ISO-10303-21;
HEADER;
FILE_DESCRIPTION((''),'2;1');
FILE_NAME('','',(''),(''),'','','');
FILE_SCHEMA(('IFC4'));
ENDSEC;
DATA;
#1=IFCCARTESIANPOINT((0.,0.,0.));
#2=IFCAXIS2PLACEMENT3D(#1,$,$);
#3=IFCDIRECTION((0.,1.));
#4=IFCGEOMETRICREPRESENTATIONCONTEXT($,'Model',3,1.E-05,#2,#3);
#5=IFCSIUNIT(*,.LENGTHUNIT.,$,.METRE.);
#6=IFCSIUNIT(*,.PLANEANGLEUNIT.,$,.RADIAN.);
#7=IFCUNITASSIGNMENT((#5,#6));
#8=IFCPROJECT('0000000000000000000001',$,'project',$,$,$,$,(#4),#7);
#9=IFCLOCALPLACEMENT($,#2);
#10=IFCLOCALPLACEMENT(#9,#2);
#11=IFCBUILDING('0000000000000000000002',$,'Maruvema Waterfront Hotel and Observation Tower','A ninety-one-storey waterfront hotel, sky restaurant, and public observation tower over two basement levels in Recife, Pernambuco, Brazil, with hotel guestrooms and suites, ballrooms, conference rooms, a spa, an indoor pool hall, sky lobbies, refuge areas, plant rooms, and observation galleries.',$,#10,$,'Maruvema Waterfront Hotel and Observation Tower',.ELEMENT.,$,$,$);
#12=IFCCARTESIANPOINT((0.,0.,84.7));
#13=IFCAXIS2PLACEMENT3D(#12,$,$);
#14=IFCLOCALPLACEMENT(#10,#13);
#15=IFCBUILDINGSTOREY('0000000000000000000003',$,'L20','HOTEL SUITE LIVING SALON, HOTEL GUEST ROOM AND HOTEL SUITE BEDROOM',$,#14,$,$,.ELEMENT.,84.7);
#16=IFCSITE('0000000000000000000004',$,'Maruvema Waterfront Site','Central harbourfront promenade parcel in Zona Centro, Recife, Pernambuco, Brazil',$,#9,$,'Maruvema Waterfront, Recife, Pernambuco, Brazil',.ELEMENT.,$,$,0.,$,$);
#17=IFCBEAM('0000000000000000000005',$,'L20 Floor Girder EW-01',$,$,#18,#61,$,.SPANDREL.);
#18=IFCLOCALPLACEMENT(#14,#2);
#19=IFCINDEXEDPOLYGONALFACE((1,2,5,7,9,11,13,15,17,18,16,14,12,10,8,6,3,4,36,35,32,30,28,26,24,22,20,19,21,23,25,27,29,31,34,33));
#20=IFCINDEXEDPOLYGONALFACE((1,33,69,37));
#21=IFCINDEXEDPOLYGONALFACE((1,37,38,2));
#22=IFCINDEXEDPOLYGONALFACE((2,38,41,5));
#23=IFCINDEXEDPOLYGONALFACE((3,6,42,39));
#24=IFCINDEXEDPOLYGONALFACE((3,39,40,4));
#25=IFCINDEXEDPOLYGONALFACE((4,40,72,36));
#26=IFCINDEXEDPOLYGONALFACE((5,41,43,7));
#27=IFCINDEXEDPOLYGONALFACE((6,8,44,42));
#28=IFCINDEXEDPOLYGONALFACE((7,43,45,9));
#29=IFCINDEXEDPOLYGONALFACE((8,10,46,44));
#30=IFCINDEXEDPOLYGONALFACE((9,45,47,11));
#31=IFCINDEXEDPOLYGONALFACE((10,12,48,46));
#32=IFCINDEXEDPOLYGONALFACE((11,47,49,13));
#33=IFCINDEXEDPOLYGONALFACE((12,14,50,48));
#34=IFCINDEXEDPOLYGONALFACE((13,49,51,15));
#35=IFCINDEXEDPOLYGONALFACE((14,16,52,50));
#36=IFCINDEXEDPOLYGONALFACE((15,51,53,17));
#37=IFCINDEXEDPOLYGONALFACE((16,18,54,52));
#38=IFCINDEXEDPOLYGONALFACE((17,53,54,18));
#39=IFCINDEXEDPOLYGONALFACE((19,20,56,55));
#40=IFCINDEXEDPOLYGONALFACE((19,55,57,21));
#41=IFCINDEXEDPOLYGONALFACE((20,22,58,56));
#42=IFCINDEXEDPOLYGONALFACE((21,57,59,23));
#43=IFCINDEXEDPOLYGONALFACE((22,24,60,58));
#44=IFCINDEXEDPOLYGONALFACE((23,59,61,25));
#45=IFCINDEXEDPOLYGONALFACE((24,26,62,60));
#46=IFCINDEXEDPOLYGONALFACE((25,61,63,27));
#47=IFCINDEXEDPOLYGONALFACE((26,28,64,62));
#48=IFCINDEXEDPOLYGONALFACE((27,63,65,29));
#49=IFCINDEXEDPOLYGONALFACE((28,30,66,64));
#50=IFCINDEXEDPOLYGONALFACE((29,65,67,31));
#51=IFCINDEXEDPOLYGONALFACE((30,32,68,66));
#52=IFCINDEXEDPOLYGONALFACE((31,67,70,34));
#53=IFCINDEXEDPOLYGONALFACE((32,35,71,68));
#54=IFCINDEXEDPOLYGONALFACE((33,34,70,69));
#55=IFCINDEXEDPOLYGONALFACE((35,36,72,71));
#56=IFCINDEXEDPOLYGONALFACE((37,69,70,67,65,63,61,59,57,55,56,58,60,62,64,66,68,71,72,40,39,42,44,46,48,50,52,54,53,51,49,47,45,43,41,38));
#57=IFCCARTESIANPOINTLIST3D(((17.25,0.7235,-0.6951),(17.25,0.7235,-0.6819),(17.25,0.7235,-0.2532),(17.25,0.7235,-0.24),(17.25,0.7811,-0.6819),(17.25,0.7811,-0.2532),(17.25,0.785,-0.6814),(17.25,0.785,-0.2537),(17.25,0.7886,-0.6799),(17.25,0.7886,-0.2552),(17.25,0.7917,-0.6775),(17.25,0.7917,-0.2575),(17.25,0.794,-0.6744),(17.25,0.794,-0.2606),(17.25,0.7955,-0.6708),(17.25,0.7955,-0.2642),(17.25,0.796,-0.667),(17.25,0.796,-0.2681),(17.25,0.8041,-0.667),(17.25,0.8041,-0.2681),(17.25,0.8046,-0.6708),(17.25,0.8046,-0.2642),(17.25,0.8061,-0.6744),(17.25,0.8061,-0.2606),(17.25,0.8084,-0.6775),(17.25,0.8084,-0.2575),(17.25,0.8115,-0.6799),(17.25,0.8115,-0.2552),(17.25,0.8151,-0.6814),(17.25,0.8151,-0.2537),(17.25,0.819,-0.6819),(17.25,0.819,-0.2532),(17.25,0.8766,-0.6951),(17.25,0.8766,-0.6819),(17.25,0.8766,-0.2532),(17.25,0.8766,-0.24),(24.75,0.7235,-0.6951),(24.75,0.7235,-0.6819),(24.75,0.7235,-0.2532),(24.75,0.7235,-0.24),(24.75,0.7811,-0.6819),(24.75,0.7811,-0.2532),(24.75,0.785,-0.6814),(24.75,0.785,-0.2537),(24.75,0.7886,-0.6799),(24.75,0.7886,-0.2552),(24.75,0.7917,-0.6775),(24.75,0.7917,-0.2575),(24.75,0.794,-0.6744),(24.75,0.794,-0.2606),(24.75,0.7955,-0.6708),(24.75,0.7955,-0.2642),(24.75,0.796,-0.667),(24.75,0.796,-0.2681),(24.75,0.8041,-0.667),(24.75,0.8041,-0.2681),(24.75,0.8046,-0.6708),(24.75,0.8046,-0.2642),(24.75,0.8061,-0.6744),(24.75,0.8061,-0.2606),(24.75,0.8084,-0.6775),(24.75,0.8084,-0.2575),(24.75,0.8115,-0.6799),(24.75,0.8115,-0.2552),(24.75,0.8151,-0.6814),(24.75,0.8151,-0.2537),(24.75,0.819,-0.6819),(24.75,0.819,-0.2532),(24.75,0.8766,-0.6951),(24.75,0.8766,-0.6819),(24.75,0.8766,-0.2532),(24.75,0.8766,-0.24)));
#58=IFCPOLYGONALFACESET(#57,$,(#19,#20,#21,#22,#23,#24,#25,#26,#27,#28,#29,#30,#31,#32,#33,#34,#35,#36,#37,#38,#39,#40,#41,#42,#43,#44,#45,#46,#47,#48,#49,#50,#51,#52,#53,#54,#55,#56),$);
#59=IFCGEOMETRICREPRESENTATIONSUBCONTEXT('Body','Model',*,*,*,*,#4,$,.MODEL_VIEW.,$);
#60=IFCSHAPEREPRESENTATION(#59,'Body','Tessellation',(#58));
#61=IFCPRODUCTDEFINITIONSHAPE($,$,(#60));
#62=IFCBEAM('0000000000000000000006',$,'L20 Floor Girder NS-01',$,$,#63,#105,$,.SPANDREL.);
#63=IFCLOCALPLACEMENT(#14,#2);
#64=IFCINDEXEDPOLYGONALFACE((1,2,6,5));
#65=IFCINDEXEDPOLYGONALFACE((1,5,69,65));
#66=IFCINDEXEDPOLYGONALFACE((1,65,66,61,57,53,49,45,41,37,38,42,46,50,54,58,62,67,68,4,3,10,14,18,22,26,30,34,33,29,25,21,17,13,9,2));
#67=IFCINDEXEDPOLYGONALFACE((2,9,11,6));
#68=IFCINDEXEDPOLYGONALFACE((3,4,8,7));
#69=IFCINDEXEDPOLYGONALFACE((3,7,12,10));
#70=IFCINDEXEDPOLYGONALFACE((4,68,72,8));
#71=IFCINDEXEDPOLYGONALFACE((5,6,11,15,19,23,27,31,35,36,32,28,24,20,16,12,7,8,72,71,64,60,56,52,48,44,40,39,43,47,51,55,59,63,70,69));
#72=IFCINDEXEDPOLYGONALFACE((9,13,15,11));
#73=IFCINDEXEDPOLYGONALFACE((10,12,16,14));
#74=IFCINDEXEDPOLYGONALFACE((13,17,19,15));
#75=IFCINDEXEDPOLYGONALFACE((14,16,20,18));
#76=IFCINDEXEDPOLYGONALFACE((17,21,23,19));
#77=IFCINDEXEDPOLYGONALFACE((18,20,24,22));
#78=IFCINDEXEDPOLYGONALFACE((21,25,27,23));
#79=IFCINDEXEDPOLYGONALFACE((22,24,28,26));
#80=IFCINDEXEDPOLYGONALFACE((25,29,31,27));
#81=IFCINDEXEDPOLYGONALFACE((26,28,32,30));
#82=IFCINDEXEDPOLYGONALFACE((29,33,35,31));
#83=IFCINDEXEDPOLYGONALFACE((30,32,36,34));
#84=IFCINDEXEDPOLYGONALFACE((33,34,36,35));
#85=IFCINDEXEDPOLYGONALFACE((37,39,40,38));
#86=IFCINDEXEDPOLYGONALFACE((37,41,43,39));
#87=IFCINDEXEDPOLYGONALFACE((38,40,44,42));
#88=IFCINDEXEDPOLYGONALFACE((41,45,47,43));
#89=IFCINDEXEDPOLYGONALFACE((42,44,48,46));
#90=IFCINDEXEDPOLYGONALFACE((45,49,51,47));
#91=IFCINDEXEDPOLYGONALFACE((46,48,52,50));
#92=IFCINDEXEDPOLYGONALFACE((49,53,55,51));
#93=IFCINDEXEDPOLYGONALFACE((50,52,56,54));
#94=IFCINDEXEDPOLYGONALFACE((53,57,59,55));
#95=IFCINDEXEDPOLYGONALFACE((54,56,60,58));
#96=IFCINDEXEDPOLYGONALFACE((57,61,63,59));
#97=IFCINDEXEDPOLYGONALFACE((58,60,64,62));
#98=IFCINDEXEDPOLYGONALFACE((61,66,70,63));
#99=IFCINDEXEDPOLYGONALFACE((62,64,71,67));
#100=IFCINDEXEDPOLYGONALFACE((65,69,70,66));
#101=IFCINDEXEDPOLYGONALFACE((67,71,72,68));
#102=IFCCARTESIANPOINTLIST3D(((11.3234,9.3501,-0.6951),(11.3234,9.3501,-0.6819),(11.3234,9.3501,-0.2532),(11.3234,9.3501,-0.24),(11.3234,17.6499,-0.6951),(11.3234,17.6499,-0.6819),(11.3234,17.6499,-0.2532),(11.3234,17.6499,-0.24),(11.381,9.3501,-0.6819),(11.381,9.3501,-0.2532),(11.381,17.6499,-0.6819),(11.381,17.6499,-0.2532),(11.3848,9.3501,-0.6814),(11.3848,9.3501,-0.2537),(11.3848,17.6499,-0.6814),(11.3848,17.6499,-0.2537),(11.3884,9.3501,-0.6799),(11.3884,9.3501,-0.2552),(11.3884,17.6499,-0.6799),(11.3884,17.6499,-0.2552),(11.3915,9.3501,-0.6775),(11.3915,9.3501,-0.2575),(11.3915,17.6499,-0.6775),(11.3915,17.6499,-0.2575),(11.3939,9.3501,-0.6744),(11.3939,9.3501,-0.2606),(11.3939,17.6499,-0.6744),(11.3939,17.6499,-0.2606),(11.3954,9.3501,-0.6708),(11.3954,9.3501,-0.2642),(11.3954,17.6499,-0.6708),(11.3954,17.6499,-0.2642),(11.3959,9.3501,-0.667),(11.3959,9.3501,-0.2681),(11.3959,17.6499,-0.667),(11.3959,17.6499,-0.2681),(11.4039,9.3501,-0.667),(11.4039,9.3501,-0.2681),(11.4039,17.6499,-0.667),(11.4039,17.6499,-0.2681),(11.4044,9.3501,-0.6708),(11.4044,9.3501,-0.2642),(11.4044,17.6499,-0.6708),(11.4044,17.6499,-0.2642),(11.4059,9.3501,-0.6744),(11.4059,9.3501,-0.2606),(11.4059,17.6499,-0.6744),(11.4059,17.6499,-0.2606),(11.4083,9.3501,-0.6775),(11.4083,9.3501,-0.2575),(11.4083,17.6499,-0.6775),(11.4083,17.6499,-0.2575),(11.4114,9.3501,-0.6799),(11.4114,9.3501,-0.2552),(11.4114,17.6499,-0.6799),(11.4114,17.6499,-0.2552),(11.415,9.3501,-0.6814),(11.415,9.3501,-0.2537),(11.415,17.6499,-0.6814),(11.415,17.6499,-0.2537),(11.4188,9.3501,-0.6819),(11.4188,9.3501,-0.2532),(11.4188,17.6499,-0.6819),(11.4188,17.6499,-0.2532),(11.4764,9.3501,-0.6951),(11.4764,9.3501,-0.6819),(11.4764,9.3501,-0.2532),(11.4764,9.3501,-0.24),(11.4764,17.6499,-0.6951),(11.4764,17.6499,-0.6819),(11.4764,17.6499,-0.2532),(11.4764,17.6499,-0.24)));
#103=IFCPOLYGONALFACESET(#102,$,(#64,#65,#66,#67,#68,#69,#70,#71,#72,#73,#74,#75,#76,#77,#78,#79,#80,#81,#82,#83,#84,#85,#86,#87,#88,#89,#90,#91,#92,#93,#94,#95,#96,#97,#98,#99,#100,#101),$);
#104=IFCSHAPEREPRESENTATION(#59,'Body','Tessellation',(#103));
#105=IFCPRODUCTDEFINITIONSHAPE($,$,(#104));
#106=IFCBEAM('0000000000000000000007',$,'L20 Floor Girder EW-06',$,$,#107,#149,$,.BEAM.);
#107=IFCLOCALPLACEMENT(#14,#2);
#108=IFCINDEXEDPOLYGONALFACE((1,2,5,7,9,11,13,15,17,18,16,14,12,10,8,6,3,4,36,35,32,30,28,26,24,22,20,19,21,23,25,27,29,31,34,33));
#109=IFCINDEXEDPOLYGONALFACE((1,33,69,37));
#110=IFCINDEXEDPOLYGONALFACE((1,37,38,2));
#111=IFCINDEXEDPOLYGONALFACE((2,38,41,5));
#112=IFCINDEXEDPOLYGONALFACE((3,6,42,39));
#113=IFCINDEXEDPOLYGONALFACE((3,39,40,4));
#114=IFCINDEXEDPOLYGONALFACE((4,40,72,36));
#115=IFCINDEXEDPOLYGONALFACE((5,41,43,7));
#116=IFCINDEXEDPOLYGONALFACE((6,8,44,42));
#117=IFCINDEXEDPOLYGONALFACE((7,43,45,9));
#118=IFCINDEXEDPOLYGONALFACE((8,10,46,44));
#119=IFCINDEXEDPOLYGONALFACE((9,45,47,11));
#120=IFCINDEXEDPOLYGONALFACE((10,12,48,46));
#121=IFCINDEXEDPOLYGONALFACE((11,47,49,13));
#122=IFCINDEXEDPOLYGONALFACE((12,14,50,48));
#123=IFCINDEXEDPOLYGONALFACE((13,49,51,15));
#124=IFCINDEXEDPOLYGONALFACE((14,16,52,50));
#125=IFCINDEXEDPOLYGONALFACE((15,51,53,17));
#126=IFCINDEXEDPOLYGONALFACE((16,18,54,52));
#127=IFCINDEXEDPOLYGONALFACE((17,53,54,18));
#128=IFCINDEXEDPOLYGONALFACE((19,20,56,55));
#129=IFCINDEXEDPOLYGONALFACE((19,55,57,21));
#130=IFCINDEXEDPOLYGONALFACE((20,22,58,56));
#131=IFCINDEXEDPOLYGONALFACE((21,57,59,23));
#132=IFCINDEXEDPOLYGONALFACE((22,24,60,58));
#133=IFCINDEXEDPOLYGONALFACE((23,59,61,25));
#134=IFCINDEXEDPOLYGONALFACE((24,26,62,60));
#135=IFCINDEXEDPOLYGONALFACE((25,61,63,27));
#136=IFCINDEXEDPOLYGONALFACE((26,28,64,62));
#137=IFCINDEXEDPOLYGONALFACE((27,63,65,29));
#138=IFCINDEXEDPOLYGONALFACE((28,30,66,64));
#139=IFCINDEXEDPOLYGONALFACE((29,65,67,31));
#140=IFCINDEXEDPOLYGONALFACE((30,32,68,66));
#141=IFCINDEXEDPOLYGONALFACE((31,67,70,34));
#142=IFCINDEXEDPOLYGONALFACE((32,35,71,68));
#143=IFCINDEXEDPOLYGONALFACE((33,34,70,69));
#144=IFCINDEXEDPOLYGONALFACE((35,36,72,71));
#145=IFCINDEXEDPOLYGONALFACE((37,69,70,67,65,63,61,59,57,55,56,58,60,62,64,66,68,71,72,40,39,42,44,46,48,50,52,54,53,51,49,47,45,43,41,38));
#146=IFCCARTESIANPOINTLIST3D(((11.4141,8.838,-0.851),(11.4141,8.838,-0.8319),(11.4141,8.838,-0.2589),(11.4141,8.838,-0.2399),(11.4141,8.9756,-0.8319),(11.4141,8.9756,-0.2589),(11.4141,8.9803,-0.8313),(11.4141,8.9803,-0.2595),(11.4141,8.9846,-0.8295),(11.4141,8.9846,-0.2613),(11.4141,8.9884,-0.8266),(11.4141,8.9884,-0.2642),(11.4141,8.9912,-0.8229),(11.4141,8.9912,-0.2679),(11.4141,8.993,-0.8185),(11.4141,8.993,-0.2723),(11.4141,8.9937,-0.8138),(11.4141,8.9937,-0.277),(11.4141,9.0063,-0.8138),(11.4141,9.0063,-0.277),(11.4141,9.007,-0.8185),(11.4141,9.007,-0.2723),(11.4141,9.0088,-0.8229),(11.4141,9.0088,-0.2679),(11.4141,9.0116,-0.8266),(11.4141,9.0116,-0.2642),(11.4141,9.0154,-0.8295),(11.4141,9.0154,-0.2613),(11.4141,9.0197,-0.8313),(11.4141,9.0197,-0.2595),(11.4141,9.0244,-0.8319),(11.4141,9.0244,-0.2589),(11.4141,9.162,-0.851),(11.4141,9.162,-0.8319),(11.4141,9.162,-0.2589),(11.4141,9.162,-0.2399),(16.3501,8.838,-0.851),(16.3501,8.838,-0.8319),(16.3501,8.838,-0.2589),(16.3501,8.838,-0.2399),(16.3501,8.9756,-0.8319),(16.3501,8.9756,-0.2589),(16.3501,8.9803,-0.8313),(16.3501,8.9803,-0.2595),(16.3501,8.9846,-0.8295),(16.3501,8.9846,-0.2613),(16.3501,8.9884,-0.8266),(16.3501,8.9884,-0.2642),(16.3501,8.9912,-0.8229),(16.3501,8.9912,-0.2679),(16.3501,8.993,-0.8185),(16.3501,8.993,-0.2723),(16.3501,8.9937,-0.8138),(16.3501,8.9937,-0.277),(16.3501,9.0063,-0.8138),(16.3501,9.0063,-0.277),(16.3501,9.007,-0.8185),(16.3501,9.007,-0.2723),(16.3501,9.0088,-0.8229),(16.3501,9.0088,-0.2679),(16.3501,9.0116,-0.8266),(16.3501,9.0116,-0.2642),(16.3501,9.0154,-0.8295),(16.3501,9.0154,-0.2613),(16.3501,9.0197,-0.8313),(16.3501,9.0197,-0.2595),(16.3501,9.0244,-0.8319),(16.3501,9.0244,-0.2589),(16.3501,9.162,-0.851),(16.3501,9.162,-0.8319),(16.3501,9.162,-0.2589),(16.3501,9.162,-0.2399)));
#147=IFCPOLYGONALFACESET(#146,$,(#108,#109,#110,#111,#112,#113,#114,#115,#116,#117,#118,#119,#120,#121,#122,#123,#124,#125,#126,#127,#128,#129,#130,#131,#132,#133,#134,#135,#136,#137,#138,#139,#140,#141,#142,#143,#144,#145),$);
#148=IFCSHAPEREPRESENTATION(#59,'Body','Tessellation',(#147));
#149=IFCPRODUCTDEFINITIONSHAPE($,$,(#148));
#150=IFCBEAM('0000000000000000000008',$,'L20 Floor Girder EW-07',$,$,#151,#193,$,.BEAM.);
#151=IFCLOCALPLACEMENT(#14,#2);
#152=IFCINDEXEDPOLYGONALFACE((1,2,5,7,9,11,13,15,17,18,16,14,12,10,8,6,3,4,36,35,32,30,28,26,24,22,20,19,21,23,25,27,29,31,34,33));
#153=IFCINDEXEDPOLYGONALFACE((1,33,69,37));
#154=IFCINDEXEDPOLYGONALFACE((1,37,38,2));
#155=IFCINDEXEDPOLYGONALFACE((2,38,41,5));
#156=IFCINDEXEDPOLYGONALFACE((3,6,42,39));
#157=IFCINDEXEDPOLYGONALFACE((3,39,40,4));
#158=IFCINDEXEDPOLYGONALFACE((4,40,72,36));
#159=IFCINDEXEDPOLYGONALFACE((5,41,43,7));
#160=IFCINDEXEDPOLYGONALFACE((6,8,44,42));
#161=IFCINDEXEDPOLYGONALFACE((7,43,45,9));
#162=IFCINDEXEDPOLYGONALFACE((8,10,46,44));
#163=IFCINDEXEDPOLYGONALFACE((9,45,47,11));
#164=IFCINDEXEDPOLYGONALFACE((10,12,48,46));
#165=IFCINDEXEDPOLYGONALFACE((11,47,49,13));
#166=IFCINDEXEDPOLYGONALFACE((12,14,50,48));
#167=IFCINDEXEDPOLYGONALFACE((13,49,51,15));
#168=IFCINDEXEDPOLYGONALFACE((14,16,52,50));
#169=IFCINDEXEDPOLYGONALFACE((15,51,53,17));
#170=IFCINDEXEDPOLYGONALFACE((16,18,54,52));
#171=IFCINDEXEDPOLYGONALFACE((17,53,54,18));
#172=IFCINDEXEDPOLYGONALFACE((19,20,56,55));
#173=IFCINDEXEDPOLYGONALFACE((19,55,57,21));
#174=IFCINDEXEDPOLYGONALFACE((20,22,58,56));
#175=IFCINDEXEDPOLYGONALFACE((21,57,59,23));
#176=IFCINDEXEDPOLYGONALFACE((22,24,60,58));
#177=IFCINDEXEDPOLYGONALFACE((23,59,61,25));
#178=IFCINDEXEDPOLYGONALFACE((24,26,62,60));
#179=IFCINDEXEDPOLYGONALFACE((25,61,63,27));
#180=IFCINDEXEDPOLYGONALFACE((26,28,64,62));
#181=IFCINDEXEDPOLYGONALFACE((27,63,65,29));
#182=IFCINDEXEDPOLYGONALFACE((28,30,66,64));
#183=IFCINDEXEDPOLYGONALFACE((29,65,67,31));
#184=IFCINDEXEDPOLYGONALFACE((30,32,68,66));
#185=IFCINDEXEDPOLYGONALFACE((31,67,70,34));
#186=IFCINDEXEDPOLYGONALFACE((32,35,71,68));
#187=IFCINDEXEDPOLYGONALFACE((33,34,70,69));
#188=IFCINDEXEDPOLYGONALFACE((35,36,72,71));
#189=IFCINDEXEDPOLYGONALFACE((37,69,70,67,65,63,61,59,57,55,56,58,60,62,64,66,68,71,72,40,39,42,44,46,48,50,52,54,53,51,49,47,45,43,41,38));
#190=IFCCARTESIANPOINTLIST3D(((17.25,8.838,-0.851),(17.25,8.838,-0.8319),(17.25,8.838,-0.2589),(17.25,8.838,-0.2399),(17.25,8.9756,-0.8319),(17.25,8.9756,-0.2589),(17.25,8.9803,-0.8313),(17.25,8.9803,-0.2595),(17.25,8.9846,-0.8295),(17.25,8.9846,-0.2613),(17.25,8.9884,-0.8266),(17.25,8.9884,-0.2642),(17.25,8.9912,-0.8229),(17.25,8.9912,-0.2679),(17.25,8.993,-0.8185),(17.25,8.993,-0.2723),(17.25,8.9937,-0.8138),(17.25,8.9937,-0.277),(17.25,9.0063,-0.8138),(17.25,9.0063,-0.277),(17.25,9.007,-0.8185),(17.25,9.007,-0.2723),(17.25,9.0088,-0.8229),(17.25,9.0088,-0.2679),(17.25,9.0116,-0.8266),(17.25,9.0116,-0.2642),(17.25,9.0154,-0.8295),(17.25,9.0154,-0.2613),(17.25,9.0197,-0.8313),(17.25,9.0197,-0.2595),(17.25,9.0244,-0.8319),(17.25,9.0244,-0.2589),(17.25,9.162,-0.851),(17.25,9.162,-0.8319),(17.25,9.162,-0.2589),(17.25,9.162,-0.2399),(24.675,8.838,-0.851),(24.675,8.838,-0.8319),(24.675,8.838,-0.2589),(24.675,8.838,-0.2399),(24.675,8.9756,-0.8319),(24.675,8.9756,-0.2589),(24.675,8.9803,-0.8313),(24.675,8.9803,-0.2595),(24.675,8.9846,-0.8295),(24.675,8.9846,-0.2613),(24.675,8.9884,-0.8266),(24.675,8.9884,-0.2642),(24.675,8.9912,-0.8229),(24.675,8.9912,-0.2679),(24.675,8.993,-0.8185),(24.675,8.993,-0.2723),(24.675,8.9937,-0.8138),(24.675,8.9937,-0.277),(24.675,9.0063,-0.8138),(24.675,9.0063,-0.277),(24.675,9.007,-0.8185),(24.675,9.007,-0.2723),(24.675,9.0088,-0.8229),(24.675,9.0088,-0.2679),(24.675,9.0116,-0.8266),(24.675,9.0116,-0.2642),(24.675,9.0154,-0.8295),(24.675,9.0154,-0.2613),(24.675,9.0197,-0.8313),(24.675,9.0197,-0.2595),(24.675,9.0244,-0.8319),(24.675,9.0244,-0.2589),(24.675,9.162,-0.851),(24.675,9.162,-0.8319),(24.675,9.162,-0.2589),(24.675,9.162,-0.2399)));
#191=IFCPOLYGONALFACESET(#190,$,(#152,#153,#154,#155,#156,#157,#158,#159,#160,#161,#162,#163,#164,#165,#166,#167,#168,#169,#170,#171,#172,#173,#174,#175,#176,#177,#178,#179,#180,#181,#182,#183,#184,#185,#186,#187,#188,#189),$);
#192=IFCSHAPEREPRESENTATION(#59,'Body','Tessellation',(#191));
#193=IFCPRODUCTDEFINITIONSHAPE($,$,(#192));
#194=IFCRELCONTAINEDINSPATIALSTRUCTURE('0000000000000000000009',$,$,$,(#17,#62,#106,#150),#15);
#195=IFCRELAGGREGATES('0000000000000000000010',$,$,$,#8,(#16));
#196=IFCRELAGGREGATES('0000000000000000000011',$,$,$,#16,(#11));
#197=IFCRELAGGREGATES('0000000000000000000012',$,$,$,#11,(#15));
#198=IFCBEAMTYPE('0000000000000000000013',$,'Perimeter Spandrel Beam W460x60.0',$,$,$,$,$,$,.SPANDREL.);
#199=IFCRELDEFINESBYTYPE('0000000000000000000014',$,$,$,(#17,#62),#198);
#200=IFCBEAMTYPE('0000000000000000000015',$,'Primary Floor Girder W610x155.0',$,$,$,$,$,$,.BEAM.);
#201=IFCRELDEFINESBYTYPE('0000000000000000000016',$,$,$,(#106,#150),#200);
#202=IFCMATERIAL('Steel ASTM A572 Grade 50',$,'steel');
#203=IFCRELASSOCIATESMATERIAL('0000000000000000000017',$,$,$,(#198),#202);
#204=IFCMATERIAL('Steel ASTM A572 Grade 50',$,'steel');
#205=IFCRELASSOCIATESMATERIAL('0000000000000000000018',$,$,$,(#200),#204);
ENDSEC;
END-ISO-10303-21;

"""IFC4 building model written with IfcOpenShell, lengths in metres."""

from ifc_helpers import new_model, si_unit, direction, frame, origin, origin_2d, place, context, subcontext, project, spatial, i_section, extrude, material, material_profile, profile_set, type_object, element, save


model = new_model("IFC4")

# Units and contexts
model_context = context("Model", 3, precision=1e-05, world=origin(), true_north=direction((0.0, 1.0)))
body_context = subcontext(model_context, "Body", "Model", "MODEL_VIEW")
ifc_project = project(units=[si_unit("LENGTHUNIT", "METRE"), si_unit("PLANEANGLEUNIT", "RADIAN")], contexts=[model_context])

# Site, building, storey
site_placement = place(None, origin())
site = spatial("IfcSite", under=ifc_project, at=site_placement, Name="Maruvema Waterfront Site", Description="Central harbourfront promenade parcel in Zona Centro, Recife, Pernambuco, Brazil", LongName="Maruvema Waterfront, Recife, Pernambuco, Brazil", CompositionType="ELEMENT", RefElevation=0.0)
building_placement = place(site_placement, origin())
building = spatial("IfcBuilding", under=site, at=building_placement, Name="Maruvema Waterfront Hotel and Observation Tower", Description="A ninety-one-storey waterfront hotel, sky restaurant, and public observation tower over two basement levels in Recife, Pernambuco, Brazil, with hotel guestrooms and suites, ballrooms, conference rooms, a spa, an indoor pool hall, sky lobbies, refuge areas, plant rooms, and observation galleries.", LongName="Maruvema Waterfront Hotel and Observation Tower", CompositionType="ELEMENT")
storey_placement = place(building_placement, frame((0.0, 0.0, 84.7)))
storey = spatial("IfcBuildingStorey", under=building, at=storey_placement, Name="L20", Description="HOTEL SUITE LIVING SALON, HOTEL GUEST ROOM AND HOTEL SUITE BEDROOM", CompositionType="ELEMENT", Elevation=84.7)

# Beams
ifc_material_1 = material(Name="Steel ASTM A572 Grade 50", Category="steel")
ifc_material_profile_1 = material_profile(ifc_material_1, i_section(OverallWidth=0.1531, OverallDepth=0.4551, WebThickness=0.0081, FlangeThickness=0.0132, FilletRadius=0.0149, at=origin_2d()), Name="W460x60.0")
ifc_profile_set_1 = profile_set([ifc_material_profile_1], Name="Steel ASTM A572 Grade 50")
beam_type_1 = type_object("IfcBeamType", Name="Perimeter Spandrel Beam W460x60.0", PredefinedType="SPANDREL", material=ifc_profile_set_1)
beam_1_placement = place(storey_placement, frame((17.25, 0.8, -0.4675), z_axis=(1.0, 0.0, 0.0), x_axis=(0.0, 1.0, 0.0)))
element("IfcBeam", 1, at=beam_1_placement, inside=storey, type_object=beam_type_1, Name="L20 Floor Girder EW-01", PredefinedType="SPANDREL", context=body_context, shape_type="SweptSolid", body=[
    extrude(i_section(OverallWidth=0.1531, OverallDepth=0.4551, WebThickness=0.0081, FlangeThickness=0.0132, FilletRadius=0.0149, at=origin_2d()), origin(), (0.0, 0.0, 1.0), 7.5),
])
beam_2_placement = place(storey_placement, frame((11.3999, 9.3501, -0.4675), z_axis=(0.0, 1.0, 0.0), x_axis=(-1.0, 0.0, 0.0)))
element("IfcBeam", 2, at=beam_2_placement, inside=storey, type_object=beam_type_1, Name="L20 Floor Girder NS-01", PredefinedType="SPANDREL", context=body_context, shape_type="SweptSolid", body=[
    extrude(i_section(OverallWidth=0.1531, OverallDepth=0.4551, WebThickness=0.0081, FlangeThickness=0.0132, FilletRadius=0.0149, at=origin_2d()), origin(), (0.0, 0.0, 1.0), 8.2998),
])
ifc_material_2 = material(Name="Steel ASTM A572 Grade 50", Category="steel")
ifc_material_profile_2 = material_profile(ifc_material_2, i_section(OverallWidth=0.324, OverallDepth=0.6111, WebThickness=0.0127, FlangeThickness=0.019, FilletRadius=0.0181, at=origin_2d()), Name="W610x155.0")
ifc_profile_set_2 = profile_set([ifc_material_profile_2], Name="Steel ASTM A572 Grade 50")
beam_type_2 = type_object("IfcBeamType", Name="Primary Floor Girder W610x155.0", PredefinedType="BEAM", material=ifc_profile_set_2)
beam_3_placement = place(storey_placement, frame((11.4141, 9.0, -0.5454), z_axis=(1.0, 0.0, 0.0), x_axis=(0.0, 1.0, 0.0)))
element("IfcBeam", 3, at=beam_3_placement, inside=storey, type_object=beam_type_2, Name="L20 Floor Girder EW-06", PredefinedType="BEAM", context=body_context, shape_type="SweptSolid", body=[
    extrude(i_section(OverallWidth=0.324, OverallDepth=0.6111, WebThickness=0.0127, FlangeThickness=0.019, FilletRadius=0.0181, at=origin_2d()), origin(), (0.0, 0.0, 1.0), 4.936),
])
beam_4_placement = place(storey_placement, frame((17.25, 9.0, -0.5454), z_axis=(1.0, 0.0, 0.0), x_axis=(0.0, 1.0, 0.0)))
element("IfcBeam", 4, at=beam_4_placement, inside=storey, type_object=beam_type_2, Name="L20 Floor Girder EW-07", PredefinedType="BEAM", context=body_context, shape_type="SweptSolid", body=[
    extrude(i_section(OverallWidth=0.324, OverallDepth=0.6111, WebThickness=0.0127, FlangeThickness=0.019, FilletRadius=0.0181, at=origin_2d()), origin(), (0.0, 0.0, 1.0), 7.425),
])

save(model, "model.ifc")
